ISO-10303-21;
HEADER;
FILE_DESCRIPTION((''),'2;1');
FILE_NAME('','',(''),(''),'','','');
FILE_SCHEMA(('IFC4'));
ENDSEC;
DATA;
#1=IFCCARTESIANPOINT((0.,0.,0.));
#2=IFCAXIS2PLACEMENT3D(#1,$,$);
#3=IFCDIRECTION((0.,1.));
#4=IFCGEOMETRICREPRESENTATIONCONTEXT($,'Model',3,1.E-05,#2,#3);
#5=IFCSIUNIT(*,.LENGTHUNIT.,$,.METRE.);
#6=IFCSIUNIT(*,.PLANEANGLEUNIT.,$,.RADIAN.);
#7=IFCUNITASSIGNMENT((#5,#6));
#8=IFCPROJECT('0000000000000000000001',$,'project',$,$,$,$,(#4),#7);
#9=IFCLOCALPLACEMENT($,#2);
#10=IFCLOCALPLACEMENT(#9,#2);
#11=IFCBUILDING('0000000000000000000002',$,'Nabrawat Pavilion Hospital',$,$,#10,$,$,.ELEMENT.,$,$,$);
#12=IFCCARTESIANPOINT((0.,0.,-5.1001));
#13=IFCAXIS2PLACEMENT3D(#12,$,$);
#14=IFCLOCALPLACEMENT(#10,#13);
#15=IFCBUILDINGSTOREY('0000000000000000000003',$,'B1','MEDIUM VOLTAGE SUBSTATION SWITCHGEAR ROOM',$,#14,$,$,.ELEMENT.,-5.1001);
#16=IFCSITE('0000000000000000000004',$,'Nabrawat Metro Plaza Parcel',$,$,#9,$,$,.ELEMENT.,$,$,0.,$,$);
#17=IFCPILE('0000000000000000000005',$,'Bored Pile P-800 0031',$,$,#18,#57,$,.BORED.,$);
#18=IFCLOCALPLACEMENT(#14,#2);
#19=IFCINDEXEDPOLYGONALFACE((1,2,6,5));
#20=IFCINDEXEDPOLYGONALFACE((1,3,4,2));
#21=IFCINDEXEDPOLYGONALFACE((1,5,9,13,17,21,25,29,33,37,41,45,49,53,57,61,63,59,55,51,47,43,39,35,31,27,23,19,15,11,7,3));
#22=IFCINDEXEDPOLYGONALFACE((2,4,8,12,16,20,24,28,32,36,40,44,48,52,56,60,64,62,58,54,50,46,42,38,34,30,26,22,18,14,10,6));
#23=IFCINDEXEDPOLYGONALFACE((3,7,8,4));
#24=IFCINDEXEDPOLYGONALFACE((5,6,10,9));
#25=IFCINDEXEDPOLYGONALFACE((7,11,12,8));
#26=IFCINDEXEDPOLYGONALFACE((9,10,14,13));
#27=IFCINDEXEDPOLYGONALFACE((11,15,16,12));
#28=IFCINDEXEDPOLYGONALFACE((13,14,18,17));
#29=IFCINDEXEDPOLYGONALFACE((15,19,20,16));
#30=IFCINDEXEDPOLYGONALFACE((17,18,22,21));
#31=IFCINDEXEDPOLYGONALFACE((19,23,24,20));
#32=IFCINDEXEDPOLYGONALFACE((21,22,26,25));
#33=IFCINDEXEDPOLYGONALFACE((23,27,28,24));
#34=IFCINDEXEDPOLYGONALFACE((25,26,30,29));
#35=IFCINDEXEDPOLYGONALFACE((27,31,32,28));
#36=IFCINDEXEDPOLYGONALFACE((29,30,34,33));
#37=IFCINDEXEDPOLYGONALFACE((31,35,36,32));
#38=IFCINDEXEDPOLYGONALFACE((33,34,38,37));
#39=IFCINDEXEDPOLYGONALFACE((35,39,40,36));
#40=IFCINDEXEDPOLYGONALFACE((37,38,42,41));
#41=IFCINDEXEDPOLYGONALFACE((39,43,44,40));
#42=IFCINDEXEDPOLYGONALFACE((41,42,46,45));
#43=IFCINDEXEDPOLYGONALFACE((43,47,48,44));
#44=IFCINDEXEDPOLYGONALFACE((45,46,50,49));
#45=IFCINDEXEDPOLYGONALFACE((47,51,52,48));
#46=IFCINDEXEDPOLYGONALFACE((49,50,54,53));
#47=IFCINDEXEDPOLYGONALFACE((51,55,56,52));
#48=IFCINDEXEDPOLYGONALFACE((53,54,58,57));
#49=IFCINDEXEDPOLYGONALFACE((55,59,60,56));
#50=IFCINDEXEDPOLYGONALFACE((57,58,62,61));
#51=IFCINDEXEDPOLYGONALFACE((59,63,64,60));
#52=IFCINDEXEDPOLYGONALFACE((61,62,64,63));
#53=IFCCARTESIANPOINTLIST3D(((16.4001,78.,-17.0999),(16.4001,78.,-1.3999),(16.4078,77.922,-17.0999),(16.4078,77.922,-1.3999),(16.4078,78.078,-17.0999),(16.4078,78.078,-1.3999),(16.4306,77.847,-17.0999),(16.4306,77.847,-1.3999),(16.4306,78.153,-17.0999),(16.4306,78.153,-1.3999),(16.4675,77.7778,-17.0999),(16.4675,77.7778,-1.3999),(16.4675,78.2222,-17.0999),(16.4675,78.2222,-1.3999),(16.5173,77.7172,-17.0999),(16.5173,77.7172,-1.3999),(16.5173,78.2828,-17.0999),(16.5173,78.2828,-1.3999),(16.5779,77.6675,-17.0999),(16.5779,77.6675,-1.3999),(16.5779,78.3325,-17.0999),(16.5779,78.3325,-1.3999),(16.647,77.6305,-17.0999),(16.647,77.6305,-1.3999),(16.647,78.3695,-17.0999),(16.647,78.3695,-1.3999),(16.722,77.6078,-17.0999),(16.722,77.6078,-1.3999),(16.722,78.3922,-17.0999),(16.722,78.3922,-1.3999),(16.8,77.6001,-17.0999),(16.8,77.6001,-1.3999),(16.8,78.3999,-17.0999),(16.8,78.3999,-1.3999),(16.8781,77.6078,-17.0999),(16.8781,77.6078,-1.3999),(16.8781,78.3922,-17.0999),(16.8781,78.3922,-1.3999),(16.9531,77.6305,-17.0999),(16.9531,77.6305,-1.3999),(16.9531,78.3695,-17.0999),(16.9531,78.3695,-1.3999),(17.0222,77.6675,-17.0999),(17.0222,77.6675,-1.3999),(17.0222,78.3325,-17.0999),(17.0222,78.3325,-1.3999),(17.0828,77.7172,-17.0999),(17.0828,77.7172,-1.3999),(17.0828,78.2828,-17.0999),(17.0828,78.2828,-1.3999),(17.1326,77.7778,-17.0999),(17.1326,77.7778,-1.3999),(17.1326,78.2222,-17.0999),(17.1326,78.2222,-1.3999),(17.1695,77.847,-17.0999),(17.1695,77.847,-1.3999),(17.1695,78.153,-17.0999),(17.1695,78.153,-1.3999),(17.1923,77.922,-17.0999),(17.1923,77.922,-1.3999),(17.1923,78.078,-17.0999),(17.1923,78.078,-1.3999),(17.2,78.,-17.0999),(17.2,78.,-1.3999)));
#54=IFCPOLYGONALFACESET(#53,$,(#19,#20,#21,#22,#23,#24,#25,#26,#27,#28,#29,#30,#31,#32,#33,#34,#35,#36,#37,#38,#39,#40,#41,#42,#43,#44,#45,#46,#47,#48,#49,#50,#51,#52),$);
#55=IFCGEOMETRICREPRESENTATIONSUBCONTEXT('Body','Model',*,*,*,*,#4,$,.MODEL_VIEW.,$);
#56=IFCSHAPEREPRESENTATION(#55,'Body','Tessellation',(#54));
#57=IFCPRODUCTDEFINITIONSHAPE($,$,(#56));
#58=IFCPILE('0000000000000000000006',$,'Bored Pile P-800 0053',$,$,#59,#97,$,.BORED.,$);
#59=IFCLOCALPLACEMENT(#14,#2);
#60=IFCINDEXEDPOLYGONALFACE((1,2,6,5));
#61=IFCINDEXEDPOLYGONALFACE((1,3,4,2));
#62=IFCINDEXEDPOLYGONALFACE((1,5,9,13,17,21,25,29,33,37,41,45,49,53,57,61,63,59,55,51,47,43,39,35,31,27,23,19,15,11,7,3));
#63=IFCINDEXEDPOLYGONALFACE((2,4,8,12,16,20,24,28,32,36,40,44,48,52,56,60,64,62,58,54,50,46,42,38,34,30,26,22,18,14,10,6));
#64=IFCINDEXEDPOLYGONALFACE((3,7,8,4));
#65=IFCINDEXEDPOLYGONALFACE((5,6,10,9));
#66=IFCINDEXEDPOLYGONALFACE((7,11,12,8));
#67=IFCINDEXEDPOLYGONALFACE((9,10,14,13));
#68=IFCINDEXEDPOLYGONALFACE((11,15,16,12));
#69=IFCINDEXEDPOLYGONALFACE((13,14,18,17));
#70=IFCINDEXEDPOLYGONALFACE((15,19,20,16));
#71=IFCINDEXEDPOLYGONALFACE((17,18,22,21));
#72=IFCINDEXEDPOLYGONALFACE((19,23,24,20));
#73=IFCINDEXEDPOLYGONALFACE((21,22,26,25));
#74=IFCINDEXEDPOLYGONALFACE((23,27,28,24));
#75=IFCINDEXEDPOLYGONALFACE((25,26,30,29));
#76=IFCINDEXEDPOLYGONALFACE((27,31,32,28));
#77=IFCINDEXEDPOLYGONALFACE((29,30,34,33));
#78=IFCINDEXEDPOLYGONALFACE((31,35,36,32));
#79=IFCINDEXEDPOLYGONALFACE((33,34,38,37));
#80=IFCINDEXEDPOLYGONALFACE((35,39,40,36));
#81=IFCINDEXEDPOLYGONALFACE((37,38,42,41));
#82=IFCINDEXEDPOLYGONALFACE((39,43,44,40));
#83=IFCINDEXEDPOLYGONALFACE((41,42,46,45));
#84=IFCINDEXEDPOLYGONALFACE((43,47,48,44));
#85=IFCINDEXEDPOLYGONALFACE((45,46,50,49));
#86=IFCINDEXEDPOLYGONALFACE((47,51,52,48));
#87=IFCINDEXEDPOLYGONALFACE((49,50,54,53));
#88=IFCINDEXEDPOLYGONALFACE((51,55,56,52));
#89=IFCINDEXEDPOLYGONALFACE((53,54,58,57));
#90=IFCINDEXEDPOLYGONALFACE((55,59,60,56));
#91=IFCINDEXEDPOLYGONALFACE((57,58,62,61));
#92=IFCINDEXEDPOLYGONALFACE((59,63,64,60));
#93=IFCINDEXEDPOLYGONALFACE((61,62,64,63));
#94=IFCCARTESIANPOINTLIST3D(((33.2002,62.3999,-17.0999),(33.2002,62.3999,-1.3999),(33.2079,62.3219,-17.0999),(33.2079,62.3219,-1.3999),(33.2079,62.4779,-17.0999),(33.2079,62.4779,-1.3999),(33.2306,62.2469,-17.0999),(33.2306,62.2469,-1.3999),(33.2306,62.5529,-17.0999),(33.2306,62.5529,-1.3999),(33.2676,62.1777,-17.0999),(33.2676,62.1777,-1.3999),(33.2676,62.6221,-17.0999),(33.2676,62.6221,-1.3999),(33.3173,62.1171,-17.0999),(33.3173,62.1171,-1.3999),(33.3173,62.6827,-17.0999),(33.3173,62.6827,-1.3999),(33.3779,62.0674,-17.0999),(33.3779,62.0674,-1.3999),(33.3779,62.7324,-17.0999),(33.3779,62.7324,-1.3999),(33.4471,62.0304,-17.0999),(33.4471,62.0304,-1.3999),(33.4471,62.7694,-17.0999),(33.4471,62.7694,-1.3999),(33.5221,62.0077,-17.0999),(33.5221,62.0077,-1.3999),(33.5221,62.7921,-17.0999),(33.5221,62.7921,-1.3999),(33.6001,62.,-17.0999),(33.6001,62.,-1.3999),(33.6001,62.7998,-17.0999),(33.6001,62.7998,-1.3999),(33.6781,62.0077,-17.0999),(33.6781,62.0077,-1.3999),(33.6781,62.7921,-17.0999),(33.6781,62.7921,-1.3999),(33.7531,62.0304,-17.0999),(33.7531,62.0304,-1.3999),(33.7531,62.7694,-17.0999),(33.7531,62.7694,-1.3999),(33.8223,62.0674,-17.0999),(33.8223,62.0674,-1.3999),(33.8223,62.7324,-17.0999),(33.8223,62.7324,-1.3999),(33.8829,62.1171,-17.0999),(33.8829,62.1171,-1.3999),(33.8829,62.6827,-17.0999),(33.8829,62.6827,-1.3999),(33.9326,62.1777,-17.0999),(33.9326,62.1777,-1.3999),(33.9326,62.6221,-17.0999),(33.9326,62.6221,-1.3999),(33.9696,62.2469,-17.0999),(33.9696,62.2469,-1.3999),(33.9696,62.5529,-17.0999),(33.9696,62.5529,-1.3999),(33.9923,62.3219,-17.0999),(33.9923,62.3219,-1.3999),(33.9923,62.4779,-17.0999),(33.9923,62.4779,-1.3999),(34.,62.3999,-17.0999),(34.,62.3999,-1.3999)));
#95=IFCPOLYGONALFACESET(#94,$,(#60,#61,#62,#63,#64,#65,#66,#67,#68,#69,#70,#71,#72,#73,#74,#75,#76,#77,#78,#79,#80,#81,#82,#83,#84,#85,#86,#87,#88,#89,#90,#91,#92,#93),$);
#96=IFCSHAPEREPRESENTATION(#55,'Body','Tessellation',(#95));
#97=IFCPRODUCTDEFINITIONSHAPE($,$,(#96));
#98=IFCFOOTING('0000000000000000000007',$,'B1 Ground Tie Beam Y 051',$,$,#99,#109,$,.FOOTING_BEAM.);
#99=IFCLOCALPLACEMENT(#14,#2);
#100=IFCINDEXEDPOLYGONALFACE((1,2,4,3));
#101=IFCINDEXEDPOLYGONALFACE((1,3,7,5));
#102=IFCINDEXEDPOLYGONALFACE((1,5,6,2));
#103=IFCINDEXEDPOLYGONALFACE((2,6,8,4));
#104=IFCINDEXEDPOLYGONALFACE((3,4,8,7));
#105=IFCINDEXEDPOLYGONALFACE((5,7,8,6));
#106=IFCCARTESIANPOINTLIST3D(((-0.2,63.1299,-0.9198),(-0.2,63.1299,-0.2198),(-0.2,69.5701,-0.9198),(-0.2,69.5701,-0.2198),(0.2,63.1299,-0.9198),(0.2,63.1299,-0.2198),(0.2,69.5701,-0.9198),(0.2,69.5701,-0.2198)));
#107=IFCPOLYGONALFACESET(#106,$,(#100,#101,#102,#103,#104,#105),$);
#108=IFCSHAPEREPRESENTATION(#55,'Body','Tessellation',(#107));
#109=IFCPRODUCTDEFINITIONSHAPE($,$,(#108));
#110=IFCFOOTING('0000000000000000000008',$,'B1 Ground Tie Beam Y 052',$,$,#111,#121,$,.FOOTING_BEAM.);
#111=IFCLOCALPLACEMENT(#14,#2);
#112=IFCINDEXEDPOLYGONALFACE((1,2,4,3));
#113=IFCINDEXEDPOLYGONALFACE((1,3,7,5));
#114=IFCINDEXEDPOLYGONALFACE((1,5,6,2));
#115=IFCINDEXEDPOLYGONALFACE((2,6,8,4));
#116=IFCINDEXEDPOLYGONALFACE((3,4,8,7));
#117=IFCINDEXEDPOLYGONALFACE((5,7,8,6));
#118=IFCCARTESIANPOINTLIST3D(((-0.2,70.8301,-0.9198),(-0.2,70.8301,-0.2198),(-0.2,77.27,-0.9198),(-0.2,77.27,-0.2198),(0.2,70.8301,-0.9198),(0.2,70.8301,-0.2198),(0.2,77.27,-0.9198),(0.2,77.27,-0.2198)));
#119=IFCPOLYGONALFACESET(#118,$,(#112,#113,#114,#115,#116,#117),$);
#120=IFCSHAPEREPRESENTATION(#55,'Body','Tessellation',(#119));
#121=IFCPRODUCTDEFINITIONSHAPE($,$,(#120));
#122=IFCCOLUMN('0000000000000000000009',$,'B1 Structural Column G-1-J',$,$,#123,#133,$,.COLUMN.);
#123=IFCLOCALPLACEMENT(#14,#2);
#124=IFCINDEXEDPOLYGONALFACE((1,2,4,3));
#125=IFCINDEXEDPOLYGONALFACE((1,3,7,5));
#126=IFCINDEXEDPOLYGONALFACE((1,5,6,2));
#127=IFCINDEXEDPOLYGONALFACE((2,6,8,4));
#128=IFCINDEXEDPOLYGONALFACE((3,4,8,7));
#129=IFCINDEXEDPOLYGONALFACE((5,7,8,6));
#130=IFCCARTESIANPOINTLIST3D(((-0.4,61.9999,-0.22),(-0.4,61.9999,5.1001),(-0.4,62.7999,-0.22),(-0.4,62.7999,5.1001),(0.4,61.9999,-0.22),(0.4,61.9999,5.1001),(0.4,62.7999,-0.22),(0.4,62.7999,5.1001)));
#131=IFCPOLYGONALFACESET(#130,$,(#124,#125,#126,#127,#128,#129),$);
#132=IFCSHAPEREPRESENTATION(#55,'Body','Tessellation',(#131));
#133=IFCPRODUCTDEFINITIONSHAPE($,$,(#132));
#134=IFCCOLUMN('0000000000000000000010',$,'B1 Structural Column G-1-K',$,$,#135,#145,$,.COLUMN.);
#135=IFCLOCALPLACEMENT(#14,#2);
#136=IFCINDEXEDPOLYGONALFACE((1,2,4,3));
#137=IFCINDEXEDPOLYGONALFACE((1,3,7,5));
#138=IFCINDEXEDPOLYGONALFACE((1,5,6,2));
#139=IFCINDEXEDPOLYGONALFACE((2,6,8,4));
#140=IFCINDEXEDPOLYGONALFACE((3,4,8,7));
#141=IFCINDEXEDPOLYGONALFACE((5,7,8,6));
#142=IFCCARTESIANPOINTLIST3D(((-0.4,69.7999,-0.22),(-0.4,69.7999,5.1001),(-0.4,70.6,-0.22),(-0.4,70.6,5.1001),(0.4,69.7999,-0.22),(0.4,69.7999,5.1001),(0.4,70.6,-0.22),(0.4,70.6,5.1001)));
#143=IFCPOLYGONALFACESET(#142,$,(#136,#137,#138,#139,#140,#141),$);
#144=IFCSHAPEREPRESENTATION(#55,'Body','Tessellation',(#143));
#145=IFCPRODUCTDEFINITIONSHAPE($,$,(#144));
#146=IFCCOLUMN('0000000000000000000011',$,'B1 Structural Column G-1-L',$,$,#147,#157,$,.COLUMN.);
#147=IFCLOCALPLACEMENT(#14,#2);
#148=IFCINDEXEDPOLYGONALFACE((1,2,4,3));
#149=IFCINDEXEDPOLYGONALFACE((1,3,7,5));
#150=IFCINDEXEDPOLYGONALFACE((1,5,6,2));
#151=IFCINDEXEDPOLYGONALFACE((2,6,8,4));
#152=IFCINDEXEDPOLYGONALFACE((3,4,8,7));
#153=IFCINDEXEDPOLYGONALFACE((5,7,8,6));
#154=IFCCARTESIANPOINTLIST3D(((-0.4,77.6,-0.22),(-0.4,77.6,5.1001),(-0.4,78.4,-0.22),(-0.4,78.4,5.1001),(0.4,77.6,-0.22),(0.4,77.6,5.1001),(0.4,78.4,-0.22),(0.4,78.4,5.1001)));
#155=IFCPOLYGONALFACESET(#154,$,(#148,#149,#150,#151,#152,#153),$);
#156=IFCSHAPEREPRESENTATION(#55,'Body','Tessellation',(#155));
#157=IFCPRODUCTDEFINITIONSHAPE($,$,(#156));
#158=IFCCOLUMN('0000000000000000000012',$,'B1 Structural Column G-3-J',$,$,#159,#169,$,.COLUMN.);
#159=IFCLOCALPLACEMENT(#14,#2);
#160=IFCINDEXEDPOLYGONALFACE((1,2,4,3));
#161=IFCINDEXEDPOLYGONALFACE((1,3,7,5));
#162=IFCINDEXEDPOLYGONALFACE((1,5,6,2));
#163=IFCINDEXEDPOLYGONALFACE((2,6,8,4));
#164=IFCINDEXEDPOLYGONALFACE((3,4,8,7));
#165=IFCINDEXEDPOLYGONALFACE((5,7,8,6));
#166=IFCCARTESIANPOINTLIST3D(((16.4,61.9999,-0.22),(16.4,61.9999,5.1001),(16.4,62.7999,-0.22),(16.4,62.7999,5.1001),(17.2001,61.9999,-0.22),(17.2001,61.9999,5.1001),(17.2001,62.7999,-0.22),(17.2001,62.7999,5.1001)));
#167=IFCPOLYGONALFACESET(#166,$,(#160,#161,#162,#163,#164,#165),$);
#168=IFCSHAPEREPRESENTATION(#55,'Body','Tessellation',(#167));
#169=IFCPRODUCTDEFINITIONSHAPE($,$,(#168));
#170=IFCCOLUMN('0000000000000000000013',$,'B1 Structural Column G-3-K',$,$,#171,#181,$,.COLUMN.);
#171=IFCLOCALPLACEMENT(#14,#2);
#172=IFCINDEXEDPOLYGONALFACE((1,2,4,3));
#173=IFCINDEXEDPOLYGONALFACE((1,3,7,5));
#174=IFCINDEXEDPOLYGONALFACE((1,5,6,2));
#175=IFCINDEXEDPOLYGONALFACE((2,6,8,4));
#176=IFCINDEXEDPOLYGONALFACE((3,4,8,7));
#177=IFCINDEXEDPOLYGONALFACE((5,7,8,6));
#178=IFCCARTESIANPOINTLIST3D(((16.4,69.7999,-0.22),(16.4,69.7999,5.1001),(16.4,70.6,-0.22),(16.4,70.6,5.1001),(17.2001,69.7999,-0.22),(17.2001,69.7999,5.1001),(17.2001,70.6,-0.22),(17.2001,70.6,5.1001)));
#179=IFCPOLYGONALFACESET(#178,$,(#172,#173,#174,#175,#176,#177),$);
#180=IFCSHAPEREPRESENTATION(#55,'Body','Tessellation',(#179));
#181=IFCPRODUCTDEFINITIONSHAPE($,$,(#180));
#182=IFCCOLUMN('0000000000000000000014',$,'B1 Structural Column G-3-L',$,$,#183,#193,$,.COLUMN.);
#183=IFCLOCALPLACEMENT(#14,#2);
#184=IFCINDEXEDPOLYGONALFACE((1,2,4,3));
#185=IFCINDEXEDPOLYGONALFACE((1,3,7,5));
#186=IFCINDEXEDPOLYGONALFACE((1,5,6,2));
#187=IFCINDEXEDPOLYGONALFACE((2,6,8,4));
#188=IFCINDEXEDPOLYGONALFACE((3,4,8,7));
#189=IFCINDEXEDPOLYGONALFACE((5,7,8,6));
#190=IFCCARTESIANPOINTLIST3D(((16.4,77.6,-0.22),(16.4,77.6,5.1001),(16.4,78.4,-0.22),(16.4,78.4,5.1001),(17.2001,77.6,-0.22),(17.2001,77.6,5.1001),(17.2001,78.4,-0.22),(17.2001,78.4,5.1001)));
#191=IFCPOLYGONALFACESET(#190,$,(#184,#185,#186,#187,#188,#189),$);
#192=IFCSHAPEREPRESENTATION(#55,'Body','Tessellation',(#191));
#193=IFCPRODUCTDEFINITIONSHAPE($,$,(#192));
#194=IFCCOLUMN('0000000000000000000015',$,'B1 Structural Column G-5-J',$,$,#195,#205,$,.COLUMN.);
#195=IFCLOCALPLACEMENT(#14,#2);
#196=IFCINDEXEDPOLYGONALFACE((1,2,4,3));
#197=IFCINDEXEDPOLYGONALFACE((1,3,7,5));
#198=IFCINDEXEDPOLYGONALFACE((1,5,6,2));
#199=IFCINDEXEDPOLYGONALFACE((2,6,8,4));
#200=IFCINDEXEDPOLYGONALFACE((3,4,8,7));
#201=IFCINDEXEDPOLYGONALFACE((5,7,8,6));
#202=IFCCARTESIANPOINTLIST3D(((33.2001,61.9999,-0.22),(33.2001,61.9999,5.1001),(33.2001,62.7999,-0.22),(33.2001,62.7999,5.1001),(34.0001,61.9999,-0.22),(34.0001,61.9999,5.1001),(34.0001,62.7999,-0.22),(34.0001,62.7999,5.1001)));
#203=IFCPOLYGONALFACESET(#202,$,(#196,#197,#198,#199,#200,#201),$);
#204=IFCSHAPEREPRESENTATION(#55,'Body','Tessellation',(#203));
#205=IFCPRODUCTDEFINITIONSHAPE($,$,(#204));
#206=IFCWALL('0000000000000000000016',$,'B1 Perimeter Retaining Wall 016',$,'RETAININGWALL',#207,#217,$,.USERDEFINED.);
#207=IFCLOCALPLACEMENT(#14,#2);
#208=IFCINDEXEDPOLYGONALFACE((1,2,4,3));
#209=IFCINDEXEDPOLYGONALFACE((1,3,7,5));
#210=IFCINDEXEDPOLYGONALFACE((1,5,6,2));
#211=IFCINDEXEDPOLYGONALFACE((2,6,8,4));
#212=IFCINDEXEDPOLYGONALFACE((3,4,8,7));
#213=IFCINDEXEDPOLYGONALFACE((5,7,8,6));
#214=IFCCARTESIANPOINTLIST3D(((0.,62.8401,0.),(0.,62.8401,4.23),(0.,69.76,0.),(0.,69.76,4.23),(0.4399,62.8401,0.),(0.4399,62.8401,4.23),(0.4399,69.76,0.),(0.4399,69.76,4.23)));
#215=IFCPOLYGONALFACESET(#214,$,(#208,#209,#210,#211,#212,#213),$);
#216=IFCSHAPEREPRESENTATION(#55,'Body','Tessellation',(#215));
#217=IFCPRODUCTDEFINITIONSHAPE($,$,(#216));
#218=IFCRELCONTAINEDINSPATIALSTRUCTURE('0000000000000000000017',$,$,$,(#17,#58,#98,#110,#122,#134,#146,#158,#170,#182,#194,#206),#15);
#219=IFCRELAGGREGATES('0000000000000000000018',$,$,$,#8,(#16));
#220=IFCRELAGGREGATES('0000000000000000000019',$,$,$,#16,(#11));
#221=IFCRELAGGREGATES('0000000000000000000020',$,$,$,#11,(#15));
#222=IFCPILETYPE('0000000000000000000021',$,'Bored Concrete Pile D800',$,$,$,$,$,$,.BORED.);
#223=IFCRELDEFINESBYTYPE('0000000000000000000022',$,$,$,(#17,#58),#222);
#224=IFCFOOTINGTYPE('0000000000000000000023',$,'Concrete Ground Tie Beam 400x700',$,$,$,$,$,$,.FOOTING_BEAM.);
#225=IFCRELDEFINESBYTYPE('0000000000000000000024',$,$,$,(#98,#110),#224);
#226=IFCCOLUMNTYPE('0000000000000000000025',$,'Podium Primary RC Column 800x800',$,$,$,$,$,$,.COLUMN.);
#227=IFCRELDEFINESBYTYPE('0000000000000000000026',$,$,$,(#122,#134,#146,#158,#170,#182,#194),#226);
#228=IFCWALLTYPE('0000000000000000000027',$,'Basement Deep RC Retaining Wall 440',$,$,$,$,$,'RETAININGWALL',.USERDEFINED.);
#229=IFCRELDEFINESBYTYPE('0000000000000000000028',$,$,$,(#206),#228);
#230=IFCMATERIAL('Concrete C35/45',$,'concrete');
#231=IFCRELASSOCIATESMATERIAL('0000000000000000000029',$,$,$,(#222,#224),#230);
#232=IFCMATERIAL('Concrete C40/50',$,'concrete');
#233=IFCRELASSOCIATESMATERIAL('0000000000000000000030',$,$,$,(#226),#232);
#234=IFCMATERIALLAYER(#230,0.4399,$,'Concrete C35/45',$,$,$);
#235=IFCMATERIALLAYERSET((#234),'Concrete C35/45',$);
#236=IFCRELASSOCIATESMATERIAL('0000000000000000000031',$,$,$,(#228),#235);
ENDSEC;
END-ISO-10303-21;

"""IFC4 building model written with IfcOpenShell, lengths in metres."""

from ifc_helpers import new_model, si_unit, direction, frame, frame_2d, origin, origin_2d, place, context, subcontext, project, spatial, rectangle, circle, extrude, material, layer, layer_set, material_profile, profile_set, type_object, element, save


model = new_model("IFC4")

# Units and contexts
model_context = context("Model", 3, precision=1e-05, world=origin(), true_north=direction((0.0, 1.0)))
body_context = subcontext(model_context, "Body", "Model", "MODEL_VIEW")
ifc_project = project(units=[si_unit("LENGTHUNIT", "METRE"), si_unit("PLANEANGLEUNIT", "RADIAN")], contexts=[model_context])

# Site, building, storey
site_placement = place(None, origin())
site = spatial("IfcSite", under=ifc_project, at=site_placement, Name="Nabrawat Metro Plaza Parcel", CompositionType="ELEMENT", RefElevation=0.0)
building_placement = place(site_placement, origin())
building = spatial("IfcBuilding", under=site, at=building_placement, Name="Nabrawat Pavilion Hospital", CompositionType="ELEMENT")
storey_placement = place(building_placement, frame((0.0, 0.0, -5.1001)))
storey = spatial("IfcBuildingStorey", under=building, at=storey_placement, Name="B1", Description="MEDIUM VOLTAGE SUBSTATION SWITCHGEAR ROOM", CompositionType="ELEMENT", Elevation=-5.1001)

# Piles
ifc_material_1 = material(Name="Concrete C35/45", Category="concrete")
ifc_material_profile_1 = material_profile(ifc_material_1, circle(Radius=0.3999, at=origin_2d()), Name="DIA 800")
ifc_profile_set_1 = profile_set([ifc_material_profile_1], Name="Concrete C35/45")
pile_type_1 = type_object("IfcPileType", Name="Bored Concrete Pile D800", PredefinedType="BORED", material=ifc_profile_set_1)
for number, where, z_axis, x_axis, name in (
    (1, (16.8, 78.0, -1.3999), (0.0, 0.0, -1.0), (1.0, 0.0, 0.0), "Bored Pile P-800 0031"),
    (2, (33.6001, 62.3999, -1.3999), (0.0, 0.0, -1.0), (1.0, 0.0, 0.0), "Bored Pile P-800 0053"),
):
    element("IfcPile", number, at=place(storey_placement, frame(where, z_axis=z_axis, x_axis=x_axis)), inside=storey, type_object=pile_type_1, Name=name, PredefinedType="BORED", context=body_context, shape_type="SweptSolid", body=[
        extrude(circle(Radius=0.3999, at=origin_2d()), origin(), (0.0, 0.0, 1.0), 15.7),
    ])

# Footings
ifc_material_profile_2 = material_profile(ifc_material_1, rectangle(XDim=0.3999, YDim=0.7, at=origin_2d()), Name="RC 400x700")
ifc_profile_set_2 = profile_set([ifc_material_profile_2], Name="Concrete C35/45")
footing_type = type_object("IfcFootingType", Name="Concrete Ground Tie Beam 400x700", PredefinedType="FOOTING_BEAM", material=ifc_profile_set_2)
footing_1_placement = place(storey_placement, frame((0.0, 63.1299, -0.5698), z_axis=(0.0, 1.0, 0.0), x_axis=(-1.0, 0.0, 0.0)))
element("IfcFooting", 3, at=footing_1_placement, inside=storey, type_object=footing_type, Name="B1 Ground Tie Beam Y 051", PredefinedType="FOOTING_BEAM", context=body_context, shape_type="SweptSolid", body=[
    extrude(rectangle(XDim=0.3999, YDim=0.7, at=origin_2d()), origin(), (0.0, 0.0, 1.0), 6.4402),
])
footing_2_placement = place(storey_placement, frame((0.0, 70.8301, -0.5698), z_axis=(0.0, 1.0, 0.0), x_axis=(-1.0, 0.0, 0.0)))
element("IfcFooting", 4, at=footing_2_placement, inside=storey, type_object=footing_type, Name="B1 Ground Tie Beam Y 052", PredefinedType="FOOTING_BEAM", context=body_context, shape_type="SweptSolid", body=[
    extrude(rectangle(XDim=0.3999, YDim=0.7, at=origin_2d()), origin(), (0.0, 0.0, 1.0), 6.4399),
])

# Columns
ifc_material_2 = material(Name="Concrete C40/50", Category="concrete")
ifc_material_profile_3 = material_profile(ifc_material_2, rectangle(XDim=0.8, YDim=0.8, at=origin_2d()), Name="RC 800x800")
ifc_profile_set_3 = profile_set([ifc_material_profile_3], Name="Concrete C40/50")
column_type = type_object("IfcColumnType", Name="Podium Primary RC Column 800x800", PredefinedType="COLUMN", material=ifc_profile_set_3)
for number, where, z_axis, x_axis, name in (
    (5, (0.0, 62.3999, -0.22), (0.0, 0.0, 1.0), (1.0, 0.0, 0.0), "B1 Structural Column G-1-J"),
    (6, (0.0, 70.2, -0.22), (0.0, 0.0, 1.0), (1.0, 0.0, 0.0), "B1 Structural Column G-1-K"),
    (7, (0.0, 78.0, -0.22), (0.0, 0.0, 1.0), (1.0, 0.0, 0.0), "B1 Structural Column G-1-L"),
    (8, (16.8, 62.3999, -0.22), (0.0, 0.0, 1.0), (1.0, 0.0, 0.0), "B1 Structural Column G-3-J"),
    (9, (16.8, 70.2, -0.22), (0.0, 0.0, 1.0), (1.0, 0.0, 0.0), "B1 Structural Column G-3-K"),
    (10, (16.8, 78.0, -0.22), (0.0, 0.0, 1.0), (1.0, 0.0, 0.0), "B1 Structural Column G-3-L"),
    (11, (33.6001, 62.3999, -0.22), (0.0, 0.0, 1.0), (1.0, 0.0, 0.0), "B1 Structural Column G-5-J"),
):
    element("IfcColumn", number, at=place(storey_placement, frame(where, z_axis=z_axis, x_axis=x_axis)), inside=storey, type_object=column_type, Name=name, PredefinedType="COLUMN", context=body_context, shape_type="SweptSolid", body=[
        extrude(rectangle(XDim=0.8, YDim=0.8, at=origin_2d()), origin(), (0.0, 0.0, 1.0), 5.3201),
    ])

# Wall
ifc_layer_1 = layer(ifc_material_1, 0.4399, Name="Concrete C35/45")
ifc_layer_set_1 = layer_set([ifc_layer_1], Name="Concrete C35/45")
wall_type_1 = type_object("IfcWallType", Name="Basement Deep RC Retaining Wall 440", ElementType="RETAININGWALL", PredefinedType="USERDEFINED", material=ifc_layer_set_1)
wall_1_placement = place(storey_placement, frame((0.22, 62.8401, 0.0), z_axis=(0.0, 0.0, 1.0), x_axis=(0.0, 1.0, 0.0)))
element("IfcWall", 12, at=wall_1_placement, inside=storey, type_object=wall_type_1, Name="B1 Perimeter Retaining Wall 016", ObjectType="RETAININGWALL", PredefinedType="USERDEFINED", context=body_context, shape_type="SweptSolid", body=[
    extrude(rectangle(XDim=6.9199, YDim=0.4399, at=frame_2d((3.46, 0.0))), origin(), (0.0, 0.0, 1.0), 4.23),
])

save(model, "model.ifc")
